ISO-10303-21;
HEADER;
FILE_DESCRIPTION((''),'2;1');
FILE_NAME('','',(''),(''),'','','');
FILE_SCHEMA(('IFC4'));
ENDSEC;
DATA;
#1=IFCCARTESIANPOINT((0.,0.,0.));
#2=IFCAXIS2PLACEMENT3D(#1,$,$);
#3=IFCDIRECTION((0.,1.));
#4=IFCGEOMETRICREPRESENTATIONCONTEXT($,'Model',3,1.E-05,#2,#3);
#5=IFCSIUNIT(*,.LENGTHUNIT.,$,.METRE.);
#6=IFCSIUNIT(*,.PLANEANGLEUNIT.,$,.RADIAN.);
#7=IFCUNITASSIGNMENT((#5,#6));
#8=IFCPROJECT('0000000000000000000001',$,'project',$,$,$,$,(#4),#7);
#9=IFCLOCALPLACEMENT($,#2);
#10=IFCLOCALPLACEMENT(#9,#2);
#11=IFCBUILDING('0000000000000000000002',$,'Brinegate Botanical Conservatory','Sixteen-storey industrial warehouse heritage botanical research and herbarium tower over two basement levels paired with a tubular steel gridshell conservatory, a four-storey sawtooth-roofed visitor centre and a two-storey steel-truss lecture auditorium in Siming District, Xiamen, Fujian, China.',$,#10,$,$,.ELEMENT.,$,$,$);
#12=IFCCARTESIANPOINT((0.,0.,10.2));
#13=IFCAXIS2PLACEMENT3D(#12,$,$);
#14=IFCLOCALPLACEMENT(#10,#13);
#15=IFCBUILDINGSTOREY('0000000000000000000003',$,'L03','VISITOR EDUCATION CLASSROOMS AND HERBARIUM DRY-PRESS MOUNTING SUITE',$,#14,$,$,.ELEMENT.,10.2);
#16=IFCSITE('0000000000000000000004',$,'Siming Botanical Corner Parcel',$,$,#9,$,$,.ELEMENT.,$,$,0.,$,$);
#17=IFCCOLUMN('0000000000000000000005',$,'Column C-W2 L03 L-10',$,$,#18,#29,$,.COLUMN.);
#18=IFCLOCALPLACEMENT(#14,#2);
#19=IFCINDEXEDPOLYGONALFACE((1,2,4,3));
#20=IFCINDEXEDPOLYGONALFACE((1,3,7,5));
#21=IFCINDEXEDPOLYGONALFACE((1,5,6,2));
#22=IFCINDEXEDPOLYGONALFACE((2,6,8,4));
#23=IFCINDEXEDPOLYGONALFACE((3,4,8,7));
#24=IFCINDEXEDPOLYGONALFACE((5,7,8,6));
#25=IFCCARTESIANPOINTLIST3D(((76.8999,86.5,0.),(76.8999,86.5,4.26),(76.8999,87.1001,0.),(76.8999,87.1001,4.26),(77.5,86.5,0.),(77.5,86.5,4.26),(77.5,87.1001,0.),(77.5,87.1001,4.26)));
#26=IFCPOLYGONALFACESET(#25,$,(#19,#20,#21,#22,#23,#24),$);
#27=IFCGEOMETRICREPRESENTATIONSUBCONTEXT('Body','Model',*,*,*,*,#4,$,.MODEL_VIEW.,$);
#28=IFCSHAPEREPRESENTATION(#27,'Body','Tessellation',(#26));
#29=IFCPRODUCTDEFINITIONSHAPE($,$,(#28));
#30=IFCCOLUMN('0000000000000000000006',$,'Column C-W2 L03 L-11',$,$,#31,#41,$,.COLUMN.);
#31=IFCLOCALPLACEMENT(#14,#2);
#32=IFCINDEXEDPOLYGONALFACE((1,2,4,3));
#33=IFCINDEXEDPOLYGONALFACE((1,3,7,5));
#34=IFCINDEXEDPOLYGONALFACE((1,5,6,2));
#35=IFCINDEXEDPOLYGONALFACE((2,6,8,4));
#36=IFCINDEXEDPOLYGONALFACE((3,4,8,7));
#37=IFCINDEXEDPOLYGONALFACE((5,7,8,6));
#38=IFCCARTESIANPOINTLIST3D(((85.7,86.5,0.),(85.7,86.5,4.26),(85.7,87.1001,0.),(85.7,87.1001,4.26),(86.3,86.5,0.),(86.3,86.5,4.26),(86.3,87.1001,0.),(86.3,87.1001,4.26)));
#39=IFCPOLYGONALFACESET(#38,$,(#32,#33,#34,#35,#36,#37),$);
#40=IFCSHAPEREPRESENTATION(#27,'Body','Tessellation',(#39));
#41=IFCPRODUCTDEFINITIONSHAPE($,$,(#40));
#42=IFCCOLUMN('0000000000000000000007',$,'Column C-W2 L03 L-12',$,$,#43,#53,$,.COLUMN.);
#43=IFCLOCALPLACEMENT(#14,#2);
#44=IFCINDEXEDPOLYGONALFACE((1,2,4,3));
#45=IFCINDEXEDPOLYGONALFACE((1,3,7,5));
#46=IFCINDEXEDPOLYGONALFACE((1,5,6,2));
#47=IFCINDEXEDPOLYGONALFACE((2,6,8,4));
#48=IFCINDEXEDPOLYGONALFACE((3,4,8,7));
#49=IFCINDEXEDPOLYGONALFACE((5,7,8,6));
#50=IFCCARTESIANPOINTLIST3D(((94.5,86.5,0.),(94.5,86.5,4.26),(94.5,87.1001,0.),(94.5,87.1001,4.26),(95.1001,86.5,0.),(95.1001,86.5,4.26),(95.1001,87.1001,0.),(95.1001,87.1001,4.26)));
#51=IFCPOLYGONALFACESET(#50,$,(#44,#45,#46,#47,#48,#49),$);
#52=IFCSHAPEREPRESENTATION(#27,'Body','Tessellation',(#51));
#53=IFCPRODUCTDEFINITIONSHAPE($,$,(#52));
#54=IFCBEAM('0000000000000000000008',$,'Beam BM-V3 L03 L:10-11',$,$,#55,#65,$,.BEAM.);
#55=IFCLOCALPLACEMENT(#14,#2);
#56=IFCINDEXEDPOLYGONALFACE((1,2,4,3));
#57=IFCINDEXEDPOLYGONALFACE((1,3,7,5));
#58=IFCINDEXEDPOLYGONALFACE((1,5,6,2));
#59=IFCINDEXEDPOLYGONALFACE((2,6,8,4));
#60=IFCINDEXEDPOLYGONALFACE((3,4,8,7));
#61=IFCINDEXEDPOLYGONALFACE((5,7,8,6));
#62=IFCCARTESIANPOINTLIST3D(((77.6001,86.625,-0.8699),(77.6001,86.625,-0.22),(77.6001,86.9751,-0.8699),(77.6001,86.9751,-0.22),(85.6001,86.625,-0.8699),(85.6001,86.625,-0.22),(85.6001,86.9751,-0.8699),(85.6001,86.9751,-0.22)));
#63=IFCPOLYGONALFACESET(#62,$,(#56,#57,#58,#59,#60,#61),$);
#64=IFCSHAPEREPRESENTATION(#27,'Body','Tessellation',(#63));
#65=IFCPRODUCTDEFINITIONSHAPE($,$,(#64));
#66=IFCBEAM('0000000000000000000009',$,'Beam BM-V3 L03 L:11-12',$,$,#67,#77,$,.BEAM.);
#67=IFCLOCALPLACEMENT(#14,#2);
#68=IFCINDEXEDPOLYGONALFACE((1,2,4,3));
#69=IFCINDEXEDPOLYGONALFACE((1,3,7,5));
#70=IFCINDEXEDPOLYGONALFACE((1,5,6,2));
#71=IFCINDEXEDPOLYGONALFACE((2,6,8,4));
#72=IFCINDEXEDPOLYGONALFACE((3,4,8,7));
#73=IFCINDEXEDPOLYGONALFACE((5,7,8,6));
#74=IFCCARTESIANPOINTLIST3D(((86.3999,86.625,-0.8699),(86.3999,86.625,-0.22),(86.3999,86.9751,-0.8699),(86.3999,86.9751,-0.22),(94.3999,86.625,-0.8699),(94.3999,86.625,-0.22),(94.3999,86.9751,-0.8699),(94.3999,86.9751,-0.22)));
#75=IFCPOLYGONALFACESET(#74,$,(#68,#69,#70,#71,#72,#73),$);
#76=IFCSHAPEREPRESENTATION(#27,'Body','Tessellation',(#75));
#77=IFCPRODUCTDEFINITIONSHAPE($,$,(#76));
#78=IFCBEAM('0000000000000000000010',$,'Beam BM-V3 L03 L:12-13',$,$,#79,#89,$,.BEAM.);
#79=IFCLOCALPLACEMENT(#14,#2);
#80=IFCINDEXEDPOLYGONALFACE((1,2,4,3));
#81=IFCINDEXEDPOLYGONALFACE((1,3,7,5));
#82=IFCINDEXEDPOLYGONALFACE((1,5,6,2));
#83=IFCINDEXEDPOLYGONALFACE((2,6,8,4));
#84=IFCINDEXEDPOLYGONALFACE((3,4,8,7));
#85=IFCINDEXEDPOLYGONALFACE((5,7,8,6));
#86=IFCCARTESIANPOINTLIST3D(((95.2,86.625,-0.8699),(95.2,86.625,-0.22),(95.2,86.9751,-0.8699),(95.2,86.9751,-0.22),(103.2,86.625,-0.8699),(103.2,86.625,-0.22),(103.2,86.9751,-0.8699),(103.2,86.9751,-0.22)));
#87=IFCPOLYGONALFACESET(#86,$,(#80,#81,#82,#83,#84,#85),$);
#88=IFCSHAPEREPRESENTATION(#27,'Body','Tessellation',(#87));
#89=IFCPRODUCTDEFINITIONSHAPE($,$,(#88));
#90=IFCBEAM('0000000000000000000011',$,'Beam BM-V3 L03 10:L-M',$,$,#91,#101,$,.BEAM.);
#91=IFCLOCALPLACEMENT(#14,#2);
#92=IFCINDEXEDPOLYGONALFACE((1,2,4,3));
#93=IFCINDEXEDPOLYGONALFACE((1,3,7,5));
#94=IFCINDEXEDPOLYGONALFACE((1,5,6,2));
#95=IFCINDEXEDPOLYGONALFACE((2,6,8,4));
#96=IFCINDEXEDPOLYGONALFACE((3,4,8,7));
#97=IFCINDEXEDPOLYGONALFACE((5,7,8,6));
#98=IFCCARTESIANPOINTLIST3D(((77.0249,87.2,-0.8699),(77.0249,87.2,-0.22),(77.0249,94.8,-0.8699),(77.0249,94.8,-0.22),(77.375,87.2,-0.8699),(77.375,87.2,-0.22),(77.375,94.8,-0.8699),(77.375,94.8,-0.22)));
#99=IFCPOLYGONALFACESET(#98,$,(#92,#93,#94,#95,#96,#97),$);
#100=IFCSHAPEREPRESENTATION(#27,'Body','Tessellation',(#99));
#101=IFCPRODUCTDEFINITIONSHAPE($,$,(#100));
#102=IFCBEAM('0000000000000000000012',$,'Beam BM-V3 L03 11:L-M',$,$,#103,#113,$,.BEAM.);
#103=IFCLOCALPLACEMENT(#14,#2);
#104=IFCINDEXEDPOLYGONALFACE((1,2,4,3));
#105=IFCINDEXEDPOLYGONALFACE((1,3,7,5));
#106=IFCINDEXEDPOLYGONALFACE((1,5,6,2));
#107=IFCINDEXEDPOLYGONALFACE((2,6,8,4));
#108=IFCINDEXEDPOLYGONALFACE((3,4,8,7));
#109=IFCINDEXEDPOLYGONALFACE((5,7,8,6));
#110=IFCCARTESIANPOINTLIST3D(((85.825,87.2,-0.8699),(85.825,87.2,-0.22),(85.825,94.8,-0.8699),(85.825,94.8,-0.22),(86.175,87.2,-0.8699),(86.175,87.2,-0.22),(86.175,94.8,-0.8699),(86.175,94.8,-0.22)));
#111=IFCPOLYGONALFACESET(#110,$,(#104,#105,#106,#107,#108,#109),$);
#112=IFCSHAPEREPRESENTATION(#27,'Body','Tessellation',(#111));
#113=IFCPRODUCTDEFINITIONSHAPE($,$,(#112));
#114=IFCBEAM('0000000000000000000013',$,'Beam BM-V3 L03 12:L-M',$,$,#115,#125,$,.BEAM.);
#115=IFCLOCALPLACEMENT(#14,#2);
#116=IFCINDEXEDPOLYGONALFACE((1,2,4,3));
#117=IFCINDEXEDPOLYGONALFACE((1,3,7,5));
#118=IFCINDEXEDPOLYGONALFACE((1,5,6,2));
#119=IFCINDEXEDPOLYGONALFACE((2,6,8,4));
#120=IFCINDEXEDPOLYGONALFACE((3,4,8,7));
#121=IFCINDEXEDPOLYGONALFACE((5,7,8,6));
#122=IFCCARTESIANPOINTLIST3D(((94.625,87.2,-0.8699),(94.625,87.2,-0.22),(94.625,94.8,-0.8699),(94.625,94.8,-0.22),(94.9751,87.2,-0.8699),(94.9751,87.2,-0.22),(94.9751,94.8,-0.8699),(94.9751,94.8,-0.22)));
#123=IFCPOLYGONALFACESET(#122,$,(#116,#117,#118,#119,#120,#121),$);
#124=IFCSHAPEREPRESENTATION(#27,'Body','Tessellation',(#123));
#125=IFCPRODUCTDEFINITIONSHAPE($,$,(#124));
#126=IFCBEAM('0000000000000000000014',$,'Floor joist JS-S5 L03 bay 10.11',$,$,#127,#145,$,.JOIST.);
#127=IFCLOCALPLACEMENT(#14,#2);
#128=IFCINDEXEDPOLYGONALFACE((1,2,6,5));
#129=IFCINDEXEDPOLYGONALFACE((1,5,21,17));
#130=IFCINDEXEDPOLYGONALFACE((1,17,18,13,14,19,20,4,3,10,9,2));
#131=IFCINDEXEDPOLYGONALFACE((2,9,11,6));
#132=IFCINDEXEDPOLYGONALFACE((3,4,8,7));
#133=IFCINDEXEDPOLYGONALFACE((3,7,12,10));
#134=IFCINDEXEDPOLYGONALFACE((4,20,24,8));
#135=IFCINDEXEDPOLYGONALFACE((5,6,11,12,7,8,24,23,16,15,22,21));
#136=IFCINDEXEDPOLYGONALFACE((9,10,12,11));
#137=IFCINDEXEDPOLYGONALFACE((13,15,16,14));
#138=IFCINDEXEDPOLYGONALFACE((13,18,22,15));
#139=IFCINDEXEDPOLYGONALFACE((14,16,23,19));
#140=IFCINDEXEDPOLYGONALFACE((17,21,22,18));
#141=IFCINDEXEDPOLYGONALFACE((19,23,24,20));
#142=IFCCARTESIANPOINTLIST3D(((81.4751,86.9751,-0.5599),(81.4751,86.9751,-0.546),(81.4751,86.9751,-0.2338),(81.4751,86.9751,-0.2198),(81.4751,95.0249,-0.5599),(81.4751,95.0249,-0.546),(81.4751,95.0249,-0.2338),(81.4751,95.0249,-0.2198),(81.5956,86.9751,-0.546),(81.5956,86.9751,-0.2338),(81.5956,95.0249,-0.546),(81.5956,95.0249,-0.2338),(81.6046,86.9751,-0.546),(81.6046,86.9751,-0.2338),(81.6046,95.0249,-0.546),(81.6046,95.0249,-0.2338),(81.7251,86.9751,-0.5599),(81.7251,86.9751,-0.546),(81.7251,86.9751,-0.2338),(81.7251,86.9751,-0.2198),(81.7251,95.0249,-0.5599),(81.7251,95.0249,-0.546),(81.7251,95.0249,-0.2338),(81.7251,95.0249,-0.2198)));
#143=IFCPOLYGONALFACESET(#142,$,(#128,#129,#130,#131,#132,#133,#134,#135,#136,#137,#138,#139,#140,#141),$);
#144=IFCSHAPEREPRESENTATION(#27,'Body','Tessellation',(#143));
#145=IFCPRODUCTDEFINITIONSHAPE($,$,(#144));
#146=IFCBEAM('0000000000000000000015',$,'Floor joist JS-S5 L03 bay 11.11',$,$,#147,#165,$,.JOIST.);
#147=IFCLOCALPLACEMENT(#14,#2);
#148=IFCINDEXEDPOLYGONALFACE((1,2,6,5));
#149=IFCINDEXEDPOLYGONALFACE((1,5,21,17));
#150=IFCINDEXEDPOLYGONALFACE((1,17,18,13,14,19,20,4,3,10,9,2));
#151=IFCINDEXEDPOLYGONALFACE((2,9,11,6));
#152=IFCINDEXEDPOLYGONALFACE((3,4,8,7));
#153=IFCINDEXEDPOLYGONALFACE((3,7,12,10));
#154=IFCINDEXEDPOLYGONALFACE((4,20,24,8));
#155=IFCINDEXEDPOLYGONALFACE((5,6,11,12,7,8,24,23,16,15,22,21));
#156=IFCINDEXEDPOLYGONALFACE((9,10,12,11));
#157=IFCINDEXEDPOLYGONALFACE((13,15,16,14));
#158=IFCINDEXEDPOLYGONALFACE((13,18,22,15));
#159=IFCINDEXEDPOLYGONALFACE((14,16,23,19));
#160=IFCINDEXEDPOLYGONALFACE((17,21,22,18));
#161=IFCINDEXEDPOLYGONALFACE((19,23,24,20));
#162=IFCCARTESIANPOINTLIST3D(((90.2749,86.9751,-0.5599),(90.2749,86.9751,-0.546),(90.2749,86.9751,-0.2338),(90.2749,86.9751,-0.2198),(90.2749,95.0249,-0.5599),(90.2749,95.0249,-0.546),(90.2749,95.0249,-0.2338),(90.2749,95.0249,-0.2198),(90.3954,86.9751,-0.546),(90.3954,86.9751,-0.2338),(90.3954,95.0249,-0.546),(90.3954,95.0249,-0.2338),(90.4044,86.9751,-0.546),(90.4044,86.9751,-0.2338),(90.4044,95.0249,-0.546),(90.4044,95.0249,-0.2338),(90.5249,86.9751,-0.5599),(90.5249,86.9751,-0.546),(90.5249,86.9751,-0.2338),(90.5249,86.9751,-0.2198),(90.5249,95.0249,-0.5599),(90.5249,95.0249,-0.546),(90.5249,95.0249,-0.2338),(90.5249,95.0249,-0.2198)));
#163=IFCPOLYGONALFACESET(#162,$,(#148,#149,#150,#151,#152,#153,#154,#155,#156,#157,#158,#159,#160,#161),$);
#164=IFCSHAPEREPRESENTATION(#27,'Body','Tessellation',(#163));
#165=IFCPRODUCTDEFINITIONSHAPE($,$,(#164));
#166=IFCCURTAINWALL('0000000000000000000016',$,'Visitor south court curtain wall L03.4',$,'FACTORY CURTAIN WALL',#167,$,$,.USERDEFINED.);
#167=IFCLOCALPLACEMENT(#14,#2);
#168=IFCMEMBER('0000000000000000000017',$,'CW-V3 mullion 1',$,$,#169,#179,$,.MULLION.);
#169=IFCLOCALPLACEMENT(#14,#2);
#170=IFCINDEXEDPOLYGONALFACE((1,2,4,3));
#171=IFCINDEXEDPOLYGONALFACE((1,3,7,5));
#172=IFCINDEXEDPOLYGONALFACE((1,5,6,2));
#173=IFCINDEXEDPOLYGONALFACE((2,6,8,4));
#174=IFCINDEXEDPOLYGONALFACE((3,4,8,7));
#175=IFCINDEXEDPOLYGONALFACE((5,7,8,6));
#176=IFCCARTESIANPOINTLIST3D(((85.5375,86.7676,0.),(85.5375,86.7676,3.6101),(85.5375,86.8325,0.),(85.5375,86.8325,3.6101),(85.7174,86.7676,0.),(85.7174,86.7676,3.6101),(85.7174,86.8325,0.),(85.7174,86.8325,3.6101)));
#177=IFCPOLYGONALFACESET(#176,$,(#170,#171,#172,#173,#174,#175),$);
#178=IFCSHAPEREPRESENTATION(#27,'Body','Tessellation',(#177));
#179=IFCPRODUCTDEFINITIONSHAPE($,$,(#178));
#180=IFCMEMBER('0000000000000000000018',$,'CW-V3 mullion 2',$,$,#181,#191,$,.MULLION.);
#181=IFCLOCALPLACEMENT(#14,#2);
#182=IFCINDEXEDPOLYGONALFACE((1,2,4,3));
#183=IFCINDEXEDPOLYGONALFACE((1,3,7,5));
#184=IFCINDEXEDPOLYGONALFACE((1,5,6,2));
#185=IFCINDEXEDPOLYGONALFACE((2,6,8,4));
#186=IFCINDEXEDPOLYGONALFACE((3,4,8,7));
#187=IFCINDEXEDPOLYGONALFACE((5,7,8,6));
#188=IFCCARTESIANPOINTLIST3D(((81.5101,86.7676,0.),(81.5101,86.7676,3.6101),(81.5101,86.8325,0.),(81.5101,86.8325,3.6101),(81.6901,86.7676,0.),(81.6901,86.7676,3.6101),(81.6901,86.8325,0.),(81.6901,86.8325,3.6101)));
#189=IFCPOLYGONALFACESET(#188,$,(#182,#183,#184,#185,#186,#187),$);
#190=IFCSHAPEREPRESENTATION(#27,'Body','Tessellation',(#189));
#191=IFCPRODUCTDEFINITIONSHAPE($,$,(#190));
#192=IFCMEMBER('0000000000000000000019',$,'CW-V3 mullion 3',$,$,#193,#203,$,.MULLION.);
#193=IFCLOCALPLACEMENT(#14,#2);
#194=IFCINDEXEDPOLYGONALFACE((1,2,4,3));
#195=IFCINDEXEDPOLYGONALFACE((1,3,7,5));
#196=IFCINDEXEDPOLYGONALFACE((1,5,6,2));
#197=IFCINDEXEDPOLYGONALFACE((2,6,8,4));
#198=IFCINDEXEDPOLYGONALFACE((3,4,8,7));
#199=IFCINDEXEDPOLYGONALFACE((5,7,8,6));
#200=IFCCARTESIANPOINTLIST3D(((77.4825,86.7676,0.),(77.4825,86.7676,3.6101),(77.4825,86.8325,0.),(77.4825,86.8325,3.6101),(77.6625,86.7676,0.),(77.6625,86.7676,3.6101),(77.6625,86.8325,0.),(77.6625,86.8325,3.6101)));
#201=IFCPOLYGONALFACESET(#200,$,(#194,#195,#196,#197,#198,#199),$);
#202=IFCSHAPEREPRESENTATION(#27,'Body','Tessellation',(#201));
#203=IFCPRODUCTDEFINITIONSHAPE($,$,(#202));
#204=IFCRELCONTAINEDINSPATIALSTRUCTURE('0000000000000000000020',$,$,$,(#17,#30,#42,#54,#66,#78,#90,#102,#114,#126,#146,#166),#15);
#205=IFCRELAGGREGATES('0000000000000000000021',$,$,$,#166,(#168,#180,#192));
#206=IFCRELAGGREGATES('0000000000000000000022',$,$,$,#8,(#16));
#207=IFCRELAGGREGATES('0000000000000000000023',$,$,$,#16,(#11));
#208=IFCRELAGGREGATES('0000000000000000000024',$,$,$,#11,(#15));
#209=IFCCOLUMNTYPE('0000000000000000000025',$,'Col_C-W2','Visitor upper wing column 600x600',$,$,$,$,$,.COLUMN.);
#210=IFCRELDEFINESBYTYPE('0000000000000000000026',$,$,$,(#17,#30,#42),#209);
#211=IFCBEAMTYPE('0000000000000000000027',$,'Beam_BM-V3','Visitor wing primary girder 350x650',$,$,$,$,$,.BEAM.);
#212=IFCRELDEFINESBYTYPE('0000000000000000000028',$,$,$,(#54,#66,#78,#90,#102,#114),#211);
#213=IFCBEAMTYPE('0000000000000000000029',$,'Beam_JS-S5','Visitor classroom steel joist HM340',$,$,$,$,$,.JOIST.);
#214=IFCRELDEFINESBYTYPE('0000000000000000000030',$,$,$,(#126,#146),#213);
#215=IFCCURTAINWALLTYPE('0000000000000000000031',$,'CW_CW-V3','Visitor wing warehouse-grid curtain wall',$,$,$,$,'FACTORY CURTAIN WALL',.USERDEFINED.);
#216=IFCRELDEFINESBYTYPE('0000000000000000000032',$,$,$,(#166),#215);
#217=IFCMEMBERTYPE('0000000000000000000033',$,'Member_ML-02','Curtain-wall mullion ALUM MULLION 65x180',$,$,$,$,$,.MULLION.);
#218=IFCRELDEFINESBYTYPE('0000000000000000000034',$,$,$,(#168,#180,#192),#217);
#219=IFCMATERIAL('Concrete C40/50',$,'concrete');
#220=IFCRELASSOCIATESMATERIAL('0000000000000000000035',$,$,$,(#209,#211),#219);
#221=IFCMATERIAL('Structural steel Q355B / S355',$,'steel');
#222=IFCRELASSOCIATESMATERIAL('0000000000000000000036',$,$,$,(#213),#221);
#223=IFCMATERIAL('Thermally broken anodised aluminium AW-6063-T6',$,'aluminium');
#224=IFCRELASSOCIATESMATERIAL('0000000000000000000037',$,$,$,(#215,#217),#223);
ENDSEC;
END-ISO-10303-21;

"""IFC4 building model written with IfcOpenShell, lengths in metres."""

from ifc_helpers import new_model, si_unit, direction, frame, origin, origin_2d, place, context, subcontext, project, spatial, rectangle, i_section, extrude, material, material_profile, profile_set, type_object, element, aggregate, save


model = new_model("IFC4")

# Units and contexts
model_context = context("Model", 3, precision=1e-05, world=origin(), true_north=direction((0.0, 1.0)))
body_context = subcontext(model_context, "Body", "Model", "MODEL_VIEW")
ifc_project = project(units=[si_unit("LENGTHUNIT", "METRE"), si_unit("PLANEANGLEUNIT", "RADIAN")], contexts=[model_context])

# Site, building, storey
site_placement = place(None, origin())
site = spatial("IfcSite", under=ifc_project, at=site_placement, Name="Siming Botanical Corner Parcel", CompositionType="ELEMENT", RefElevation=0.0)
building_placement = place(site_placement, origin())
building = spatial("IfcBuilding", under=site, at=building_placement, Name="Brinegate Botanical Conservatory", Description="Sixteen-storey industrial warehouse heritage botanical research and herbarium tower over two basement levels paired with a tubular steel gridshell conservatory, a four-storey sawtooth-roofed visitor centre and a two-storey steel-truss lecture auditorium in Siming District, Xiamen, Fujian, China.", CompositionType="ELEMENT")
storey_placement = place(building_placement, frame((0.0, 0.0, 10.2)))
storey = spatial("IfcBuildingStorey", under=building, at=storey_placement, Name="L03", Description="VISITOR EDUCATION CLASSROOMS AND HERBARIUM DRY-PRESS MOUNTING SUITE", CompositionType="ELEMENT", Elevation=10.2)

# Columns
ifc_material_1 = material(Name="Concrete C40/50", Category="concrete")
ifc_material_profile_1 = material_profile(ifc_material_1, rectangle(XDim=0.6001, YDim=0.6001, at=origin_2d()), Name="RC COL 600x600")
ifc_profile_set_1 = profile_set([ifc_material_profile_1], Name="Concrete C40/50")
column_type = type_object("IfcColumnType", Name="Col_C-W2", Description="Visitor upper wing column 600x600", PredefinedType="COLUMN", material=ifc_profile_set_1)
for number, where, z_axis, x_axis, name in (
    (1, (77.2, 86.8, 0.0), (0.0, 0.0, 1.0), (1.0, 0.0, 0.0), "Column C-W2 L03 L-10"),
    (2, (86.0, 86.8, 0.0), (0.0, 0.0, 1.0), (1.0, 0.0, 0.0), "Column C-W2 L03 L-11"),
    (3, (94.8, 86.8, 0.0), (0.0, 0.0, 1.0), (1.0, 0.0, 0.0), "Column C-W2 L03 L-12"),
):
    element("IfcColumn", number, at=place(storey_placement, frame(where, z_axis=z_axis, x_axis=x_axis)), inside=storey, type_object=column_type, Name=name, PredefinedType="COLUMN", context=body_context, shape_type="SweptSolid", body=[
        extrude(rectangle(XDim=0.6001, YDim=0.6001, at=origin_2d()), origin(), (0.0, 0.0, 1.0), 4.26),
    ])

# Beams
ifc_material_profile_2 = material_profile(ifc_material_1, rectangle(XDim=0.3501, YDim=0.6499, at=origin_2d()), Name="RC BM 350x650")
ifc_profile_set_2 = profile_set([ifc_material_profile_2], Name="Concrete C40/50")
beam_type_1 = type_object("IfcBeamType", Name="Beam_BM-V3", Description="Visitor wing primary girder 350x650", PredefinedType="BEAM", material=ifc_profile_set_2)
for number, where, z_axis, x_axis, name in (
    (4, (77.6001, 86.8, -0.5449), (1.0, 0.0, 0.0), (0.0, 1.0, 0.0), "Beam BM-V3 L03 L:10-11"),
    (5, (86.3999, 86.8, -0.5449), (1.0, 0.0, 0.0), (0.0, 1.0, 0.0), "Beam BM-V3 L03 L:11-12"),
    (6, (95.2, 86.8, -0.5449), (1.0, 0.0, 0.0), (0.0, 1.0, 0.0), "Beam BM-V3 L03 L:12-13"),
):
    element("IfcBeam", number, at=place(storey_placement, frame(where, z_axis=z_axis, x_axis=x_axis)), inside=storey, type_object=beam_type_1, Name=name, PredefinedType="BEAM", context=body_context, shape_type="SweptSolid", body=[
        extrude(rectangle(XDim=0.3501, YDim=0.6499, at=origin_2d()), origin(), (0.0, 0.0, 1.0), 8.0),
    ])
for number, where, z_axis, x_axis, name in (
    (7, (77.2, 87.2, -0.5449), (0.0, 1.0, 0.0), (-1.0, 0.0, 0.0), "Beam BM-V3 L03 10:L-M"),
    (8, (86.0, 87.2, -0.5449), (0.0, 1.0, 0.0), (-1.0, 0.0, 0.0), "Beam BM-V3 L03 11:L-M"),
    (9, (94.8, 87.2, -0.5449), (0.0, 1.0, 0.0), (-1.0, 0.0, 0.0), "Beam BM-V3 L03 12:L-M"),
):
    element("IfcBeam", number, at=place(storey_placement, frame(where, z_axis=z_axis, x_axis=x_axis)), inside=storey, type_object=beam_type_1, Name=name, PredefinedType="BEAM", context=body_context, shape_type="SweptSolid", body=[
        extrude(rectangle(XDim=0.3501, YDim=0.6499, at=origin_2d()), origin(), (0.0, 0.0, 1.0), 7.6001),
    ])
ifc_material_2 = material(Name="Structural steel Q355B / S355", Category="steel")
ifc_material_profile_3 = material_profile(ifc_material_2, i_section(OverallWidth=0.25, OverallDepth=0.3401, WebThickness=0.009, FlangeThickness=0.0139, at=origin_2d()), Name="HM 340x250x9x14")
ifc_profile_set_3 = profile_set([ifc_material_profile_3], Name="Structural steel Q355B / S355")
beam_type_2 = type_object("IfcBeamType", Name="Beam_JS-S5", Description="Visitor classroom steel joist HM340", PredefinedType="JOIST", material=ifc_profile_set_3)
for number, where, z_axis, x_axis, name in (
    (10, (81.6001, 86.9751, -0.3899), (0.0, 1.0, 0.0), (-1.0, 0.0, 0.0), "Floor joist JS-S5 L03 bay 10.11"),
    (11, (90.3999, 86.9751, -0.3899), (0.0, 1.0, 0.0), (-1.0, 0.0, 0.0), "Floor joist JS-S5 L03 bay 11.11"),
):
    element("IfcBeam", number, at=place(storey_placement, frame(where, z_axis=z_axis, x_axis=x_axis)), inside=storey, type_object=beam_type_2, Name=name, PredefinedType="JOIST", context=body_context, shape_type="SweptSolid", body=[
        extrude(i_section(OverallWidth=0.25, OverallDepth=0.3401, WebThickness=0.009, FlangeThickness=0.0139, at=origin_2d()), origin(), (0.0, 0.0, 1.0), 8.0498),
    ])

# Curtain wall, members
ifc_material_3 = material(Name="Thermally broken anodised aluminium AW-6063-T6", Category="aluminium")
curtain_wall_type = type_object("IfcCurtainWallType", Name="CW_CW-V3", Description="Visitor wing warehouse-grid curtain wall", ElementType="FACTORY CURTAIN WALL", PredefinedType="USERDEFINED", material=ifc_material_3)
curtain_wall_1_placement = place(storey_placement, origin())
curtain_wall_1 = element("IfcCurtainWall", 12, at=curtain_wall_1_placement, inside=storey, type_object=curtain_wall_type, Name="Visitor south court curtain wall L03.4", ObjectType="FACTORY CURTAIN WALL", PredefinedType="USERDEFINED")
ifc_material_profile_4 = material_profile(ifc_material_3, rectangle(XDim=0.0649, YDim=0.1799, at=origin_2d()), Name="ALUM MULLION 65x180")
ifc_profile_set_4 = profile_set([ifc_material_profile_4], Name="Thermally broken anodised aluminium AW-6063-T6")
member_type_1 = type_object("IfcMemberType", Name="Member_ML-02", Description="Curtain-wall mullion ALUM MULLION 65x180", PredefinedType="MULLION", material=ifc_profile_set_4)
member_1_placement = place(storey_placement, frame((85.6274, 86.8, 0.0), z_axis=(0.0, 0.0, 1.0), x_axis=(0.0, -1.0, 0.0)))
member_1 = element("IfcMember", 13, at=member_1_placement, type_object=member_type_1, Name="CW-V3 mullion 1", PredefinedType="MULLION", context=body_context, shape_type="SweptSolid", body=[
    extrude(rectangle(XDim=0.0649, YDim=0.1799, at=origin_2d()), origin(), (0.0, 0.0, 1.0), 3.6101),
])
member_2_placement = place(storey_placement, frame((81.6001, 86.8, 0.0), z_axis=(0.0, 0.0, 1.0), x_axis=(0.0, -1.0, 0.0)))
member_2 = element("IfcMember", 14, at=member_2_placement, type_object=member_type_1, Name="CW-V3 mullion 2", PredefinedType="MULLION", context=body_context, shape_type="SweptSolid", body=[
    extrude(rectangle(XDim=0.0649, YDim=0.1799, at=origin_2d()), origin(), (0.0, 0.0, 1.0), 3.6101),
])
member_3_placement = place(storey_placement, frame((77.5725, 86.8, 0.0), z_axis=(0.0, 0.0, 1.0), x_axis=(0.0, -1.0, 0.0)))
member_3 = element("IfcMember", 15, at=member_3_placement, type_object=member_type_1, Name="CW-V3 mullion 3", PredefinedType="MULLION", context=body_context, shape_type="SweptSolid", body=[
    extrude(rectangle(XDim=0.0649, YDim=0.1799, at=origin_2d()), origin(), (0.0, 0.0, 1.0), 3.6101),
])

aggregate(curtain_wall_1, [member_1, member_2, member_3])

save(model, "model.ifc")
